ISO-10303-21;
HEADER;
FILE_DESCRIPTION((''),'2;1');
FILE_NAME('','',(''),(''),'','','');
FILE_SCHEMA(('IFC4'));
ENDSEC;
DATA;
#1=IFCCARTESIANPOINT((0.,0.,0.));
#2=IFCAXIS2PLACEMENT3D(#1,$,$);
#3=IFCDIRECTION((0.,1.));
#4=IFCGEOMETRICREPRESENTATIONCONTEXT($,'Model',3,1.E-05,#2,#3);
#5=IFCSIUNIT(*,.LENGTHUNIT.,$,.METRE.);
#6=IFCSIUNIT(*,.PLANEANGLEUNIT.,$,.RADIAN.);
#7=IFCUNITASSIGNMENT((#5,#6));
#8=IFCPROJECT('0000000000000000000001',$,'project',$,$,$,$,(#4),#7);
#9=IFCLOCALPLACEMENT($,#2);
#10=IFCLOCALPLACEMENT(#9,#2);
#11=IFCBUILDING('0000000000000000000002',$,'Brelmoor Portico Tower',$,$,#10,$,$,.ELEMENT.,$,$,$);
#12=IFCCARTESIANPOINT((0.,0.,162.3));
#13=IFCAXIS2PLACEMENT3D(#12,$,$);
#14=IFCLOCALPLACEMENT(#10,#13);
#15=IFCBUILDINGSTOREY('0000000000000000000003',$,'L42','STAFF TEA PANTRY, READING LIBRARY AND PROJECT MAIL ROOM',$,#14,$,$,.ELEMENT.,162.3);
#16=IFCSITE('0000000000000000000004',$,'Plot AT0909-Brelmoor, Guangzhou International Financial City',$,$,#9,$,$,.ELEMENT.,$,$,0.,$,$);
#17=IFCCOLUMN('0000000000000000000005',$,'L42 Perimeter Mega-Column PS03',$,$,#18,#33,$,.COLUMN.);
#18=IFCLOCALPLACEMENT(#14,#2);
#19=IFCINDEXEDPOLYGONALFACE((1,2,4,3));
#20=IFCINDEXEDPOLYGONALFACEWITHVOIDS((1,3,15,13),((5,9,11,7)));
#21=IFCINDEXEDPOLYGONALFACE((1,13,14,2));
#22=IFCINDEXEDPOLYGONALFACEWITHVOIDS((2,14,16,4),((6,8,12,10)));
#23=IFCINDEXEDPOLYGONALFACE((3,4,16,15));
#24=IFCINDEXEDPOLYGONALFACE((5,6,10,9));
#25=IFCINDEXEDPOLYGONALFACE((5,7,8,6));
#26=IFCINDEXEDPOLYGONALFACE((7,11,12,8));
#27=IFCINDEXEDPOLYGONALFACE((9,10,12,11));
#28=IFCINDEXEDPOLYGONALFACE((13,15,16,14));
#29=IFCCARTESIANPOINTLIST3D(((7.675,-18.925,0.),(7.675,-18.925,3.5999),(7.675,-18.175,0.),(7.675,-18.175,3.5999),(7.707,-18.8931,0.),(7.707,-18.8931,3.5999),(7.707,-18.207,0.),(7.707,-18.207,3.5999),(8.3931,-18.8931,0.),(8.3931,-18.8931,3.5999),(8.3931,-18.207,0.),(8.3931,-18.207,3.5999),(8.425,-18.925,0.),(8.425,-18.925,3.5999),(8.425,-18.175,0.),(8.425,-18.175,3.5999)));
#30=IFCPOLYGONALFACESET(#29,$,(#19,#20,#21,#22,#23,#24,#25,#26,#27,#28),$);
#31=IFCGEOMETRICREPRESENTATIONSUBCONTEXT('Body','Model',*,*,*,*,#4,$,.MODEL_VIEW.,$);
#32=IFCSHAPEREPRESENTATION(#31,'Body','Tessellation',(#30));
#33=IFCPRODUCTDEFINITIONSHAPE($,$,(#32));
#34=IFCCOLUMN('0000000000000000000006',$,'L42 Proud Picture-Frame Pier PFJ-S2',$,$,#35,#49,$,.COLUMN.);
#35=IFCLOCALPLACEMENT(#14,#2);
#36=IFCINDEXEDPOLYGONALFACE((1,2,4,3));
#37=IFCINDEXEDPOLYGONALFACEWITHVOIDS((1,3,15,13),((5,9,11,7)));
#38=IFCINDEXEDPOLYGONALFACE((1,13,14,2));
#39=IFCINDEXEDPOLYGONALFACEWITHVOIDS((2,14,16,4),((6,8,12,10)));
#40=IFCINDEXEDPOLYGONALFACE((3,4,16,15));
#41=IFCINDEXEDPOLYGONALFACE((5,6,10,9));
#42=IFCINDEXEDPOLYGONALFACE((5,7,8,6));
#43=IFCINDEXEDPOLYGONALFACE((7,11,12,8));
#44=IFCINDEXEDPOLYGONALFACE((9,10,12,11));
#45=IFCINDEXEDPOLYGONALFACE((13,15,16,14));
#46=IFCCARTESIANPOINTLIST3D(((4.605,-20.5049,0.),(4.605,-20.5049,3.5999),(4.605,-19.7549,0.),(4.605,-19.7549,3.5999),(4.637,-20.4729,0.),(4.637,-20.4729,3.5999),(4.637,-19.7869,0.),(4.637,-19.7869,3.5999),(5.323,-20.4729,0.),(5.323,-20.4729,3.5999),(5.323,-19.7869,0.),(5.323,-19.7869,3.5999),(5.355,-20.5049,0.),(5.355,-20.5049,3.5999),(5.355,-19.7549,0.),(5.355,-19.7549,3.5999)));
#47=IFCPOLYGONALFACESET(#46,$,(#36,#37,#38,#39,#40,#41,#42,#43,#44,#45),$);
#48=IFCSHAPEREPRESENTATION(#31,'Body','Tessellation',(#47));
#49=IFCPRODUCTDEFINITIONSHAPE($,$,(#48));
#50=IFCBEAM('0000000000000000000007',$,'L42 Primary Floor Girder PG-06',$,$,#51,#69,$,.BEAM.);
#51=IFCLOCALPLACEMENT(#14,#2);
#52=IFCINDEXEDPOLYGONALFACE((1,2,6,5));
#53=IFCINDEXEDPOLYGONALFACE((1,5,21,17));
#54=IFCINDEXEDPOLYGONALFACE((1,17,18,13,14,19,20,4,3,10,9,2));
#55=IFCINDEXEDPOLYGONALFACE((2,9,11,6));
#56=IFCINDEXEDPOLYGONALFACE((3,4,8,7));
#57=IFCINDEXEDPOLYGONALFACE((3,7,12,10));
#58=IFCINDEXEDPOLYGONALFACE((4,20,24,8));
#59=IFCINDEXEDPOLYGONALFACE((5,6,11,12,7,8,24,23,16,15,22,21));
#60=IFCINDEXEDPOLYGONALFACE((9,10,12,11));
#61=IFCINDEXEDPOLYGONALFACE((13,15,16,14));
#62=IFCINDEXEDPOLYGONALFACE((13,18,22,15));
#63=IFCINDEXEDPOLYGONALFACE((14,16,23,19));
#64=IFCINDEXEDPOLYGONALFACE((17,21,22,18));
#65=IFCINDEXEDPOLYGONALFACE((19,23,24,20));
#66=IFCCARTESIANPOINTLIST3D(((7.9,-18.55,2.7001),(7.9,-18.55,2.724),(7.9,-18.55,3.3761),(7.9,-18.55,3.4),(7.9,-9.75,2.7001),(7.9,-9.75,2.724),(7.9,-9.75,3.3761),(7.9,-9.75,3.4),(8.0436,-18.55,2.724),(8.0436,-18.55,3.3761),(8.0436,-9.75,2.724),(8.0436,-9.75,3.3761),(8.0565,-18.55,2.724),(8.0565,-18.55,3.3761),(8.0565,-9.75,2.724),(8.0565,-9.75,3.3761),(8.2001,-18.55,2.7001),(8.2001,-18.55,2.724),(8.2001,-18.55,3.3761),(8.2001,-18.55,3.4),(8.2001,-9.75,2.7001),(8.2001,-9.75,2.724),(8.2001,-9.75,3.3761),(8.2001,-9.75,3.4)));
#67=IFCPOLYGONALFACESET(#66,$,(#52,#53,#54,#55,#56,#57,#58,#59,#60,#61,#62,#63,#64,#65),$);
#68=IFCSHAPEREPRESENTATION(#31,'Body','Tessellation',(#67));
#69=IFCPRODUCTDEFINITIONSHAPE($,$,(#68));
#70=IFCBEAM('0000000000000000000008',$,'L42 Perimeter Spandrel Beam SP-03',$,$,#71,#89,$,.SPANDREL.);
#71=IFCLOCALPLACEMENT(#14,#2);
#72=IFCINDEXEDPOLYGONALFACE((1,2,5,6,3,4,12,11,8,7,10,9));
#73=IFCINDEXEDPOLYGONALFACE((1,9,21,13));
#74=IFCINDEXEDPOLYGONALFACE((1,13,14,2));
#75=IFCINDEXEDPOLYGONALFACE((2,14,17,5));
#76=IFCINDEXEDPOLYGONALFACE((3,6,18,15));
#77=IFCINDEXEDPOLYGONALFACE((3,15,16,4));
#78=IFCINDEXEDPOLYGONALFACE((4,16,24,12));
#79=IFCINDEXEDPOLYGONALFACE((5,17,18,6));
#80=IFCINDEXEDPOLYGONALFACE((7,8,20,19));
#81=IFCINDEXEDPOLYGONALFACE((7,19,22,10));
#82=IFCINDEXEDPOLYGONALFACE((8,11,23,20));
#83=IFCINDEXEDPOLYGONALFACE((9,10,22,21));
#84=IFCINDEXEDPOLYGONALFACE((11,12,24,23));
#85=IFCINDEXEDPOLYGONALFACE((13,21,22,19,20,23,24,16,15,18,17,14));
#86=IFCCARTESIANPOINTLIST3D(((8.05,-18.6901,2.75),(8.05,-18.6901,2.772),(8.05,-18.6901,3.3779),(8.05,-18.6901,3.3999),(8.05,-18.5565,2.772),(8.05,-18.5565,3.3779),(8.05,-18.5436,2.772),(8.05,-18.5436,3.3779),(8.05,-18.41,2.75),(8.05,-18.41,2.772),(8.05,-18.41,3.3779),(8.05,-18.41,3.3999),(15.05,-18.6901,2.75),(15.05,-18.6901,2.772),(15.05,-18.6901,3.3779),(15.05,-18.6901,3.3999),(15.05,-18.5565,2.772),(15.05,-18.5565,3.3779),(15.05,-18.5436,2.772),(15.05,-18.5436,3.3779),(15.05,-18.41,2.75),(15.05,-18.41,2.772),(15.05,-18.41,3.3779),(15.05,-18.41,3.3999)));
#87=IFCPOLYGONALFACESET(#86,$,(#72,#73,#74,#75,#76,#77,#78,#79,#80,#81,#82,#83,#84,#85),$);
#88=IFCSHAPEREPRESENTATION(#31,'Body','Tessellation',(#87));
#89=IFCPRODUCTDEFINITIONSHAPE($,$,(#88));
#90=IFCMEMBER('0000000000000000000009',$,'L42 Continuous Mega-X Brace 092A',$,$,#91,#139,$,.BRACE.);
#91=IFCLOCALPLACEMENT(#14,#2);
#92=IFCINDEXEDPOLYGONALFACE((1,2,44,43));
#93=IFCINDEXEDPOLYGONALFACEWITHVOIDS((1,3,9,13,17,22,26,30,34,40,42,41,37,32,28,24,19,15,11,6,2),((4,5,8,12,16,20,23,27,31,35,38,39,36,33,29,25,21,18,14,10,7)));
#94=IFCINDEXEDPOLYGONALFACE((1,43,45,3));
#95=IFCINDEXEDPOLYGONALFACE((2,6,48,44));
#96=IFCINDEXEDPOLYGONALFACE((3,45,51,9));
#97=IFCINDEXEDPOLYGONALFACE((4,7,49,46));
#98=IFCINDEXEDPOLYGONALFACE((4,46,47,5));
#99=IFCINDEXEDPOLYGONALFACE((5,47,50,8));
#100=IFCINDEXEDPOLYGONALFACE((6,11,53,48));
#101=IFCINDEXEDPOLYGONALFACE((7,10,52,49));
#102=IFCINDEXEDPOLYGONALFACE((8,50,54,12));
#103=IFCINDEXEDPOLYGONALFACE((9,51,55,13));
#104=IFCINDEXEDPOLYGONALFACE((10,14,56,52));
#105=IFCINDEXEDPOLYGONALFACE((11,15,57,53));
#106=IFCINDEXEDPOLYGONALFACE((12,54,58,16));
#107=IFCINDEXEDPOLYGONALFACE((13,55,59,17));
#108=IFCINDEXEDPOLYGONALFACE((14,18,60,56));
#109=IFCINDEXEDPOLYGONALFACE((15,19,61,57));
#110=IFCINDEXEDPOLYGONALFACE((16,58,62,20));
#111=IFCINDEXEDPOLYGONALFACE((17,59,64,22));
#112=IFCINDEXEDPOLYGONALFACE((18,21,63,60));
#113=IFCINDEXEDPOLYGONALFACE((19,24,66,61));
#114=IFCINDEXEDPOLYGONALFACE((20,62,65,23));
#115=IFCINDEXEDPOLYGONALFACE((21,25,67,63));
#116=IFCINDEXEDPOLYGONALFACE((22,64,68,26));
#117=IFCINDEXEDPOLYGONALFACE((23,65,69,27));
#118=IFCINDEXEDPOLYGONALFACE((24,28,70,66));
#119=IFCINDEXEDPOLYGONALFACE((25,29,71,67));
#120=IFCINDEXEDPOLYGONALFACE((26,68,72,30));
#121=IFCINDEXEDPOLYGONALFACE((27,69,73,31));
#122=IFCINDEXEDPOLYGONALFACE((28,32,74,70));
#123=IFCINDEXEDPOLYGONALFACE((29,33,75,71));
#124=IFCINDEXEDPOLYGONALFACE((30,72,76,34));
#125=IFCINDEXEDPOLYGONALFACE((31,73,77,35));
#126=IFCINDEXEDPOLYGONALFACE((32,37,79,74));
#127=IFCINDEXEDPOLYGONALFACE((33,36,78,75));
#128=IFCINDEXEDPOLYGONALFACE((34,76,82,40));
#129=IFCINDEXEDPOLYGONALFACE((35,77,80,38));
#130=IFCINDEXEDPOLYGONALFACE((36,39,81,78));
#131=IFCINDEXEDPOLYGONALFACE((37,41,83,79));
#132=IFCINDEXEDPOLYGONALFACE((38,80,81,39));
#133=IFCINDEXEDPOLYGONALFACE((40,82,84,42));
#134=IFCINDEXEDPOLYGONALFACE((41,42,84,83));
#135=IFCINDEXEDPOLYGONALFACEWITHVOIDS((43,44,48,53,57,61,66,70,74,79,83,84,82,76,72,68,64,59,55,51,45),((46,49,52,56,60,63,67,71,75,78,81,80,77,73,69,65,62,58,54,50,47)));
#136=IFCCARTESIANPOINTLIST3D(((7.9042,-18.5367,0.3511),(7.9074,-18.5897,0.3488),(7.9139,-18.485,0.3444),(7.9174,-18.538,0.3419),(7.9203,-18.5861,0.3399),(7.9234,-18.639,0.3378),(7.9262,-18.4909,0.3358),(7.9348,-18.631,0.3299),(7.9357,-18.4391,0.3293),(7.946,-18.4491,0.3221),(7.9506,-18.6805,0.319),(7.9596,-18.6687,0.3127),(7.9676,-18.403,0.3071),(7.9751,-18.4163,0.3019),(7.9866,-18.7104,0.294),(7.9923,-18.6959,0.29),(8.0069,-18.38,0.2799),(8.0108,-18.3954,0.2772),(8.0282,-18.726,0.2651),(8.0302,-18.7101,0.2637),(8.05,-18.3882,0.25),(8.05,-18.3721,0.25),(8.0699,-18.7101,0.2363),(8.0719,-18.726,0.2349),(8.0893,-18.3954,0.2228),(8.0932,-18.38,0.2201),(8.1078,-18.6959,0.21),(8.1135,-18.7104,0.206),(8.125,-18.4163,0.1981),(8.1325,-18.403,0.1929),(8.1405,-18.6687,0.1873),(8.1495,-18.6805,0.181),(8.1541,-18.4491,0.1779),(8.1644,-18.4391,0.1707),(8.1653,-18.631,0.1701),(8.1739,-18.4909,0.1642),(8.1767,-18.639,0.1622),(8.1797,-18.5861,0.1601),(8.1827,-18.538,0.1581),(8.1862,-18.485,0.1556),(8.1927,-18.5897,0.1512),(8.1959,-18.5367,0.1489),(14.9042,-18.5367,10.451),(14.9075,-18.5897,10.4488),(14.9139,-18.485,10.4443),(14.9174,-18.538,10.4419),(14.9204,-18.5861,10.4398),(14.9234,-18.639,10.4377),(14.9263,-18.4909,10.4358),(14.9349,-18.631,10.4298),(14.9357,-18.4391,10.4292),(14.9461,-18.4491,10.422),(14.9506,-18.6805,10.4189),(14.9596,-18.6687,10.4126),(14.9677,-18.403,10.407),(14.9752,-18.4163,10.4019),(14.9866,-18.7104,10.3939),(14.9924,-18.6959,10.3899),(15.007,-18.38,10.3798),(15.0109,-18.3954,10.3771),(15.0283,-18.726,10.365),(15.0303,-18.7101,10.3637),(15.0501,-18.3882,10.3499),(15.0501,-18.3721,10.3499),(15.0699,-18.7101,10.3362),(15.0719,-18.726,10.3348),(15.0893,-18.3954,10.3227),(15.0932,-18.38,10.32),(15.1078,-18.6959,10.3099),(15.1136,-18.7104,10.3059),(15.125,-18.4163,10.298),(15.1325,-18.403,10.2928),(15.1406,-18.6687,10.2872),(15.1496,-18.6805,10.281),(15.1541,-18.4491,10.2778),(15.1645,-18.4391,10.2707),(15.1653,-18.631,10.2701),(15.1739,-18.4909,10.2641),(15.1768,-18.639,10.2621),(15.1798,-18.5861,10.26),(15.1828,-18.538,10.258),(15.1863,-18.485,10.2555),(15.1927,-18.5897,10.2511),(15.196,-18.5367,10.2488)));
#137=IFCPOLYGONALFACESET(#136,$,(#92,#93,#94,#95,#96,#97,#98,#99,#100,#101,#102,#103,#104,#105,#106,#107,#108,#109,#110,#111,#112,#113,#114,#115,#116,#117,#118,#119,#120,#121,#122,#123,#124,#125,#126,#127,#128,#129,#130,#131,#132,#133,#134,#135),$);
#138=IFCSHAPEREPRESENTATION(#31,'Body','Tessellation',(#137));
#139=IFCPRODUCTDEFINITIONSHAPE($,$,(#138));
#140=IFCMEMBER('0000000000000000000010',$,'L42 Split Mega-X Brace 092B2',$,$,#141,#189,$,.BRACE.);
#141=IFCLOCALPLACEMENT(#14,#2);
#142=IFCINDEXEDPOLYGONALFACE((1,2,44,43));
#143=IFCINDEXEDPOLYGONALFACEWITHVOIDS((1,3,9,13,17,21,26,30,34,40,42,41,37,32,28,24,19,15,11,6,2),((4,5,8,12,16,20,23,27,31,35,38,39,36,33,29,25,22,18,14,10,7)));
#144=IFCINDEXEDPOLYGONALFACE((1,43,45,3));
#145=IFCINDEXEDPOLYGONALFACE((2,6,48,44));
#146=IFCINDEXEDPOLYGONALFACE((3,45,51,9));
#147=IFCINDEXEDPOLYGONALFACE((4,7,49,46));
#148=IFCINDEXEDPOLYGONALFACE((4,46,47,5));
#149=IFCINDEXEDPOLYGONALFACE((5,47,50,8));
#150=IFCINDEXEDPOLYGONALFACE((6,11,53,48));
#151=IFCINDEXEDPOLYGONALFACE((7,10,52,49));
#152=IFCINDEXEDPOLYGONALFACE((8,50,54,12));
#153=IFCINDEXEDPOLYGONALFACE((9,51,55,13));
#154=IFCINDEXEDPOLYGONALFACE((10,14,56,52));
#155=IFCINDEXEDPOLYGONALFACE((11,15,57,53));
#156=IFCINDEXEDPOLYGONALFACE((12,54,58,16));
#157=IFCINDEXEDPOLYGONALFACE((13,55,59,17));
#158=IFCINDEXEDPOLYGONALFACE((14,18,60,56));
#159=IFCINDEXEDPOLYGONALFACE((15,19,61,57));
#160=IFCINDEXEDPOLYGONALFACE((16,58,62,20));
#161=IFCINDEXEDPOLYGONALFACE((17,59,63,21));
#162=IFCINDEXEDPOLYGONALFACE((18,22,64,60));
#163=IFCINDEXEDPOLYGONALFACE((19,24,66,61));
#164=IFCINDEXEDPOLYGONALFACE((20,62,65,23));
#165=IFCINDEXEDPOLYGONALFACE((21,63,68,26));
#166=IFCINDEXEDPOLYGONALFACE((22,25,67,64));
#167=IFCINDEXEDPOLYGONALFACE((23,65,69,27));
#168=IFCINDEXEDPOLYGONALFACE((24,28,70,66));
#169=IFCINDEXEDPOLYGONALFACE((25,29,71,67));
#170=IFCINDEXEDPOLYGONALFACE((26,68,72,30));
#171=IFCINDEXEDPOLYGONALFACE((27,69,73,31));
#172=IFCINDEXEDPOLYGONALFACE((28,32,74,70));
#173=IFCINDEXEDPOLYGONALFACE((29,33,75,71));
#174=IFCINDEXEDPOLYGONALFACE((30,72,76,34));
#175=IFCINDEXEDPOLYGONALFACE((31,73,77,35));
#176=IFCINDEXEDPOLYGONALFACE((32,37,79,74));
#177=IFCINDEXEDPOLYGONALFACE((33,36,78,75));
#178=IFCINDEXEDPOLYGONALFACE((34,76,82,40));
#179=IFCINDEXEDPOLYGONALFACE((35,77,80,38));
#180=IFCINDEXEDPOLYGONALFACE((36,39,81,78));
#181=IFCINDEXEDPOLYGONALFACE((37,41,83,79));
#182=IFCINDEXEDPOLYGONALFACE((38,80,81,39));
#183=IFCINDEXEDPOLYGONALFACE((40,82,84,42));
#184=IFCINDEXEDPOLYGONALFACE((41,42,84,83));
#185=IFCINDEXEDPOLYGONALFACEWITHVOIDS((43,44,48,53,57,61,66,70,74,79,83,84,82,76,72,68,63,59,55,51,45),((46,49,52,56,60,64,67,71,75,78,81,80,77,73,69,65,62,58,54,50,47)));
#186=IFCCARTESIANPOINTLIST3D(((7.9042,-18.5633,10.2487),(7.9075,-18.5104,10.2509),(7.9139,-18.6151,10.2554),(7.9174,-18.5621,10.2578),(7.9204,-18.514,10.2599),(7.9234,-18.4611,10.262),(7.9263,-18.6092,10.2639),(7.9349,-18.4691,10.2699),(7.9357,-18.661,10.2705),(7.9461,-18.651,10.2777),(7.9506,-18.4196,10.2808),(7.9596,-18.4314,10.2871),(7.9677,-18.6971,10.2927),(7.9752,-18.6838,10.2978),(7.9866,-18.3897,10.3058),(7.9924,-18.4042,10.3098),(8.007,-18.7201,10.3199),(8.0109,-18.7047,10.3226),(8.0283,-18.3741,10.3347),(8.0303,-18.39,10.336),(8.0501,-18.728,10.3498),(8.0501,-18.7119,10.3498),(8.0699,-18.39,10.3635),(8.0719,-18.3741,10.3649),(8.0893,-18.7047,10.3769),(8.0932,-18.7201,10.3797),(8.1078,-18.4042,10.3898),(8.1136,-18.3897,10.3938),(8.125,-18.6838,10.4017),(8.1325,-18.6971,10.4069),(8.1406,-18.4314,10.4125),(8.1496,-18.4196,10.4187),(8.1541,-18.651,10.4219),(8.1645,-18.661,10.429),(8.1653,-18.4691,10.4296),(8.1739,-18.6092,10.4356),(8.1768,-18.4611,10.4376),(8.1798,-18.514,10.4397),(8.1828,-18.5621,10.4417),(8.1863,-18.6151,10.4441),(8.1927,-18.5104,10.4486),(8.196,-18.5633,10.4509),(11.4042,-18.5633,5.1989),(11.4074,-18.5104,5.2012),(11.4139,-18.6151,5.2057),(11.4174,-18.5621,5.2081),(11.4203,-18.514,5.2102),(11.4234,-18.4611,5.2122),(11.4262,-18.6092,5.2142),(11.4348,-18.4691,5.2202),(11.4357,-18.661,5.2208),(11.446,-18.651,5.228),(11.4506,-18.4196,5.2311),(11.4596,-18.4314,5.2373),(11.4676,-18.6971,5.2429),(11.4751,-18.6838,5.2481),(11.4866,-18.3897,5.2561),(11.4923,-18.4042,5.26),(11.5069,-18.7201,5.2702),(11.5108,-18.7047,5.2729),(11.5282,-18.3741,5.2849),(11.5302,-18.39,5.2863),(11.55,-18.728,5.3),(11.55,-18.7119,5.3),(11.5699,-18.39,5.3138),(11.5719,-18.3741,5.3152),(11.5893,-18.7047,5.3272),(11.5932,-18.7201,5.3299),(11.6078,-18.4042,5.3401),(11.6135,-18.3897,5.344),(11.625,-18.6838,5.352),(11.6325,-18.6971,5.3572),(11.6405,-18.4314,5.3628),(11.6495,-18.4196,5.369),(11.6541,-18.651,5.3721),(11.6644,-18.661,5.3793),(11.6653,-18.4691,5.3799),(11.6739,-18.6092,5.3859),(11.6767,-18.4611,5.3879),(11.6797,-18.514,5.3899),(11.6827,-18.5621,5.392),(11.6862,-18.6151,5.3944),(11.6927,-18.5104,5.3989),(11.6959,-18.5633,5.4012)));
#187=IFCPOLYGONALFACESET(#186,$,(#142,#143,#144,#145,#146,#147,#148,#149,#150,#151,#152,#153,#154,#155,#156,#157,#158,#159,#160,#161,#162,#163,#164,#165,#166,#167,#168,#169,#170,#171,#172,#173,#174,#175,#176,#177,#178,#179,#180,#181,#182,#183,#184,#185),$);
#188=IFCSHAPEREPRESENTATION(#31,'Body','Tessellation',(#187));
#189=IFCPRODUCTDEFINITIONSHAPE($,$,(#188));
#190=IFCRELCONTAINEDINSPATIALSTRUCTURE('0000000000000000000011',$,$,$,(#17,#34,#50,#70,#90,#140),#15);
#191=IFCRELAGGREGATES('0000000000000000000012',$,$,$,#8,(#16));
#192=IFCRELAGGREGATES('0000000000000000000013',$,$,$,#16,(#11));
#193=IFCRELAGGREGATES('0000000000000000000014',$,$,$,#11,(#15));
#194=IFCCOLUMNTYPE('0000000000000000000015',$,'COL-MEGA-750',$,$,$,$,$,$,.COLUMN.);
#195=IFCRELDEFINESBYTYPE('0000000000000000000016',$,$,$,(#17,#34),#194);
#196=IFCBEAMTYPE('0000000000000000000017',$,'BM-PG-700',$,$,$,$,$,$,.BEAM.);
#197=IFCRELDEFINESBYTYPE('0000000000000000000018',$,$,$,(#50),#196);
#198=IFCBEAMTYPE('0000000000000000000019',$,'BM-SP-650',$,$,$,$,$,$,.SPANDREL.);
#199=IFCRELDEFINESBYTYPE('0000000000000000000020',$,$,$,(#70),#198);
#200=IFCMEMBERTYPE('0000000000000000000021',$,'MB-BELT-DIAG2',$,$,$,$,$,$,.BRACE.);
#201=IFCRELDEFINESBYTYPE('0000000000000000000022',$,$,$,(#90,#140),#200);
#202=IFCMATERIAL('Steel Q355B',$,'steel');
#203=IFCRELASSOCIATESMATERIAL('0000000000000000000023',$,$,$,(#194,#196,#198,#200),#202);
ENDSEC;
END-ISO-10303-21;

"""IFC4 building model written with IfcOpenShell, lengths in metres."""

from ifc_helpers import new_model, si_unit, direction, frame, origin, origin_2d, place, context, subcontext, project, spatial, hollow_rectangle, hollow_circle, i_section, extrude, material, material_profile, profile_set, type_object, element, save


model = new_model("IFC4")

# Units and contexts
model_context = context("Model", 3, precision=1e-05, world=origin(), true_north=direction((0.0, 1.0)))
body_context = subcontext(model_context, "Body", "Model", "MODEL_VIEW")
ifc_project = project(units=[si_unit("LENGTHUNIT", "METRE"), si_unit("PLANEANGLEUNIT", "RADIAN")], contexts=[model_context])

# Site, building, storey
site_placement = place(None, origin())
site = spatial("IfcSite", under=ifc_project, at=site_placement, Name="Plot AT0909-Brelmoor, Guangzhou International Financial City", CompositionType="ELEMENT", RefElevation=0.0)
building_placement = place(site_placement, origin())
building = spatial("IfcBuilding", under=site, at=building_placement, Name="Brelmoor Portico Tower", CompositionType="ELEMENT")
storey_placement = place(building_placement, frame((0.0, 0.0, 162.3)))
storey = spatial("IfcBuildingStorey", under=building, at=storey_placement, Name="L42", Description="STAFF TEA PANTRY, READING LIBRARY AND PROJECT MAIL ROOM", CompositionType="ELEMENT", Elevation=162.3)

# Columns
ifc_material_1 = material(Name="Steel Q355B", Category="steel")
ifc_material_profile_1 = material_profile(ifc_material_1, hollow_rectangle(XDim=0.75, YDim=0.75, WallThickness=0.032, at=origin_2d()), Name="BOX 750x750x32")
ifc_profile_set_1 = profile_set([ifc_material_profile_1], Name="Steel Q355B")
column_type = type_object("IfcColumnType", Name="COL-MEGA-750", PredefinedType="COLUMN", material=ifc_profile_set_1)
for number, where, z_axis, x_axis, name in (
    (1, (8.05, -18.55, 0.0), (0.0, 0.0, 1.0), (1.0, 0.0, 0.0), "L42 Perimeter Mega-Column PS03"),
    (2, (4.98, -20.1299, 0.0), (0.0, 0.0, 1.0), (1.0, 0.0, 0.0), "L42 Proud Picture-Frame Pier PFJ-S2"),
):
    element("IfcColumn", number, at=place(storey_placement, frame(where, z_axis=z_axis, x_axis=x_axis)), inside=storey, type_object=column_type, Name=name, PredefinedType="COLUMN", context=body_context, shape_type="SweptSolid", body=[
        extrude(hollow_rectangle(XDim=0.75, YDim=0.75, WallThickness=0.032, at=origin_2d()), origin(), (0.0, 0.0, 1.0), 3.5999),
    ])

# Beams
ifc_material_profile_2 = material_profile(ifc_material_1, i_section(OverallWidth=0.3, OverallDepth=0.7, WebThickness=0.0129, FlangeThickness=0.0239, at=origin_2d()), Name="HN 700x300x13x24")
ifc_profile_set_2 = profile_set([ifc_material_profile_2], Name="Steel Q355B")
beam_type_1 = type_object("IfcBeamType", Name="BM-PG-700", PredefinedType="BEAM", material=ifc_profile_set_2)
beam_1_placement = place(storey_placement, frame((8.05, -18.55, 3.05), z_axis=(0.0, 1.0, 0.0), x_axis=(-1.0, 0.0, 0.0)))
element("IfcBeam", 3, at=beam_1_placement, inside=storey, type_object=beam_type_1, Name="L42 Primary Floor Girder PG-06", PredefinedType="BEAM", context=body_context, shape_type="SweptSolid", body=[
    extrude(i_section(OverallWidth=0.3, OverallDepth=0.7, WebThickness=0.0129, FlangeThickness=0.0239, at=origin_2d()), origin(), (0.0, 0.0, 1.0), 8.8),
])
ifc_material_profile_3 = material_profile(ifc_material_1, i_section(OverallWidth=0.28, OverallDepth=0.6499, WebThickness=0.0129, FlangeThickness=0.022, at=origin_2d()), Name="HN 650x280x13x22")
ifc_profile_set_3 = profile_set([ifc_material_profile_3], Name="Steel Q355B")
beam_type_2 = type_object("IfcBeamType", Name="BM-SP-650", PredefinedType="SPANDREL", material=ifc_profile_set_3)
beam_2_placement = place(storey_placement, frame((8.05, -18.55, 3.075), z_axis=(1.0, 0.0, 0.0), x_axis=(0.0, 1.0, 0.0)))
element("IfcBeam", 4, at=beam_2_placement, inside=storey, type_object=beam_type_2, Name="L42 Perimeter Spandrel Beam SP-03", PredefinedType="SPANDREL", context=body_context, shape_type="SweptSolid", body=[
    extrude(i_section(OverallWidth=0.28, OverallDepth=0.6499, WebThickness=0.0129, FlangeThickness=0.022, at=origin_2d()), origin(), (0.0, 0.0, 1.0), 7.0),
])

# Members
ifc_material_profile_4 = material_profile(ifc_material_1, hollow_circle(Radius=0.178, WallThickness=0.0161, at=origin_2d()), Name="CHS 356x16")
ifc_profile_set_4 = profile_set([ifc_material_profile_4], Name="Steel Q355B")
member_type_1 = type_object("IfcMemberType", Name="MB-BELT-DIAG2", PredefinedType="BRACE", material=ifc_profile_set_4)
member_1_placement = place(storey_placement, frame((8.05, -18.55, 0.25), z_axis=(0.569639, 0.0, 0.821895), x_axis=(0.0, 1.0, 0.0)))
element("IfcMember", 5, at=member_1_placement, inside=storey, type_object=member_type_1, Name="L42 Continuous Mega-X Brace 092A", PredefinedType="BRACE", context=body_context, shape_type="SweptSolid", body=[
    extrude(hollow_circle(Radius=0.178, WallThickness=0.0161, at=origin_2d()), origin(), (0.0, 0.0, 1.0), 12.2886),
])
member_2_placement = place(storey_placement, frame((11.55, -18.55, 5.3), z_axis=(-0.569648, 0.0, 0.821889), x_axis=(0.0, -1.0, 0.0)))
element("IfcMember", 6, at=member_2_placement, inside=storey, type_object=member_type_1, Name="L42 Split Mega-X Brace 092B2", PredefinedType="BRACE", context=body_context, shape_type="SweptSolid", body=[
    extrude(hollow_circle(Radius=0.178, WallThickness=0.0161, at=origin_2d()), origin(), (0.0, 0.0, 1.0), 6.144),
])

save(model, "model.ifc")
